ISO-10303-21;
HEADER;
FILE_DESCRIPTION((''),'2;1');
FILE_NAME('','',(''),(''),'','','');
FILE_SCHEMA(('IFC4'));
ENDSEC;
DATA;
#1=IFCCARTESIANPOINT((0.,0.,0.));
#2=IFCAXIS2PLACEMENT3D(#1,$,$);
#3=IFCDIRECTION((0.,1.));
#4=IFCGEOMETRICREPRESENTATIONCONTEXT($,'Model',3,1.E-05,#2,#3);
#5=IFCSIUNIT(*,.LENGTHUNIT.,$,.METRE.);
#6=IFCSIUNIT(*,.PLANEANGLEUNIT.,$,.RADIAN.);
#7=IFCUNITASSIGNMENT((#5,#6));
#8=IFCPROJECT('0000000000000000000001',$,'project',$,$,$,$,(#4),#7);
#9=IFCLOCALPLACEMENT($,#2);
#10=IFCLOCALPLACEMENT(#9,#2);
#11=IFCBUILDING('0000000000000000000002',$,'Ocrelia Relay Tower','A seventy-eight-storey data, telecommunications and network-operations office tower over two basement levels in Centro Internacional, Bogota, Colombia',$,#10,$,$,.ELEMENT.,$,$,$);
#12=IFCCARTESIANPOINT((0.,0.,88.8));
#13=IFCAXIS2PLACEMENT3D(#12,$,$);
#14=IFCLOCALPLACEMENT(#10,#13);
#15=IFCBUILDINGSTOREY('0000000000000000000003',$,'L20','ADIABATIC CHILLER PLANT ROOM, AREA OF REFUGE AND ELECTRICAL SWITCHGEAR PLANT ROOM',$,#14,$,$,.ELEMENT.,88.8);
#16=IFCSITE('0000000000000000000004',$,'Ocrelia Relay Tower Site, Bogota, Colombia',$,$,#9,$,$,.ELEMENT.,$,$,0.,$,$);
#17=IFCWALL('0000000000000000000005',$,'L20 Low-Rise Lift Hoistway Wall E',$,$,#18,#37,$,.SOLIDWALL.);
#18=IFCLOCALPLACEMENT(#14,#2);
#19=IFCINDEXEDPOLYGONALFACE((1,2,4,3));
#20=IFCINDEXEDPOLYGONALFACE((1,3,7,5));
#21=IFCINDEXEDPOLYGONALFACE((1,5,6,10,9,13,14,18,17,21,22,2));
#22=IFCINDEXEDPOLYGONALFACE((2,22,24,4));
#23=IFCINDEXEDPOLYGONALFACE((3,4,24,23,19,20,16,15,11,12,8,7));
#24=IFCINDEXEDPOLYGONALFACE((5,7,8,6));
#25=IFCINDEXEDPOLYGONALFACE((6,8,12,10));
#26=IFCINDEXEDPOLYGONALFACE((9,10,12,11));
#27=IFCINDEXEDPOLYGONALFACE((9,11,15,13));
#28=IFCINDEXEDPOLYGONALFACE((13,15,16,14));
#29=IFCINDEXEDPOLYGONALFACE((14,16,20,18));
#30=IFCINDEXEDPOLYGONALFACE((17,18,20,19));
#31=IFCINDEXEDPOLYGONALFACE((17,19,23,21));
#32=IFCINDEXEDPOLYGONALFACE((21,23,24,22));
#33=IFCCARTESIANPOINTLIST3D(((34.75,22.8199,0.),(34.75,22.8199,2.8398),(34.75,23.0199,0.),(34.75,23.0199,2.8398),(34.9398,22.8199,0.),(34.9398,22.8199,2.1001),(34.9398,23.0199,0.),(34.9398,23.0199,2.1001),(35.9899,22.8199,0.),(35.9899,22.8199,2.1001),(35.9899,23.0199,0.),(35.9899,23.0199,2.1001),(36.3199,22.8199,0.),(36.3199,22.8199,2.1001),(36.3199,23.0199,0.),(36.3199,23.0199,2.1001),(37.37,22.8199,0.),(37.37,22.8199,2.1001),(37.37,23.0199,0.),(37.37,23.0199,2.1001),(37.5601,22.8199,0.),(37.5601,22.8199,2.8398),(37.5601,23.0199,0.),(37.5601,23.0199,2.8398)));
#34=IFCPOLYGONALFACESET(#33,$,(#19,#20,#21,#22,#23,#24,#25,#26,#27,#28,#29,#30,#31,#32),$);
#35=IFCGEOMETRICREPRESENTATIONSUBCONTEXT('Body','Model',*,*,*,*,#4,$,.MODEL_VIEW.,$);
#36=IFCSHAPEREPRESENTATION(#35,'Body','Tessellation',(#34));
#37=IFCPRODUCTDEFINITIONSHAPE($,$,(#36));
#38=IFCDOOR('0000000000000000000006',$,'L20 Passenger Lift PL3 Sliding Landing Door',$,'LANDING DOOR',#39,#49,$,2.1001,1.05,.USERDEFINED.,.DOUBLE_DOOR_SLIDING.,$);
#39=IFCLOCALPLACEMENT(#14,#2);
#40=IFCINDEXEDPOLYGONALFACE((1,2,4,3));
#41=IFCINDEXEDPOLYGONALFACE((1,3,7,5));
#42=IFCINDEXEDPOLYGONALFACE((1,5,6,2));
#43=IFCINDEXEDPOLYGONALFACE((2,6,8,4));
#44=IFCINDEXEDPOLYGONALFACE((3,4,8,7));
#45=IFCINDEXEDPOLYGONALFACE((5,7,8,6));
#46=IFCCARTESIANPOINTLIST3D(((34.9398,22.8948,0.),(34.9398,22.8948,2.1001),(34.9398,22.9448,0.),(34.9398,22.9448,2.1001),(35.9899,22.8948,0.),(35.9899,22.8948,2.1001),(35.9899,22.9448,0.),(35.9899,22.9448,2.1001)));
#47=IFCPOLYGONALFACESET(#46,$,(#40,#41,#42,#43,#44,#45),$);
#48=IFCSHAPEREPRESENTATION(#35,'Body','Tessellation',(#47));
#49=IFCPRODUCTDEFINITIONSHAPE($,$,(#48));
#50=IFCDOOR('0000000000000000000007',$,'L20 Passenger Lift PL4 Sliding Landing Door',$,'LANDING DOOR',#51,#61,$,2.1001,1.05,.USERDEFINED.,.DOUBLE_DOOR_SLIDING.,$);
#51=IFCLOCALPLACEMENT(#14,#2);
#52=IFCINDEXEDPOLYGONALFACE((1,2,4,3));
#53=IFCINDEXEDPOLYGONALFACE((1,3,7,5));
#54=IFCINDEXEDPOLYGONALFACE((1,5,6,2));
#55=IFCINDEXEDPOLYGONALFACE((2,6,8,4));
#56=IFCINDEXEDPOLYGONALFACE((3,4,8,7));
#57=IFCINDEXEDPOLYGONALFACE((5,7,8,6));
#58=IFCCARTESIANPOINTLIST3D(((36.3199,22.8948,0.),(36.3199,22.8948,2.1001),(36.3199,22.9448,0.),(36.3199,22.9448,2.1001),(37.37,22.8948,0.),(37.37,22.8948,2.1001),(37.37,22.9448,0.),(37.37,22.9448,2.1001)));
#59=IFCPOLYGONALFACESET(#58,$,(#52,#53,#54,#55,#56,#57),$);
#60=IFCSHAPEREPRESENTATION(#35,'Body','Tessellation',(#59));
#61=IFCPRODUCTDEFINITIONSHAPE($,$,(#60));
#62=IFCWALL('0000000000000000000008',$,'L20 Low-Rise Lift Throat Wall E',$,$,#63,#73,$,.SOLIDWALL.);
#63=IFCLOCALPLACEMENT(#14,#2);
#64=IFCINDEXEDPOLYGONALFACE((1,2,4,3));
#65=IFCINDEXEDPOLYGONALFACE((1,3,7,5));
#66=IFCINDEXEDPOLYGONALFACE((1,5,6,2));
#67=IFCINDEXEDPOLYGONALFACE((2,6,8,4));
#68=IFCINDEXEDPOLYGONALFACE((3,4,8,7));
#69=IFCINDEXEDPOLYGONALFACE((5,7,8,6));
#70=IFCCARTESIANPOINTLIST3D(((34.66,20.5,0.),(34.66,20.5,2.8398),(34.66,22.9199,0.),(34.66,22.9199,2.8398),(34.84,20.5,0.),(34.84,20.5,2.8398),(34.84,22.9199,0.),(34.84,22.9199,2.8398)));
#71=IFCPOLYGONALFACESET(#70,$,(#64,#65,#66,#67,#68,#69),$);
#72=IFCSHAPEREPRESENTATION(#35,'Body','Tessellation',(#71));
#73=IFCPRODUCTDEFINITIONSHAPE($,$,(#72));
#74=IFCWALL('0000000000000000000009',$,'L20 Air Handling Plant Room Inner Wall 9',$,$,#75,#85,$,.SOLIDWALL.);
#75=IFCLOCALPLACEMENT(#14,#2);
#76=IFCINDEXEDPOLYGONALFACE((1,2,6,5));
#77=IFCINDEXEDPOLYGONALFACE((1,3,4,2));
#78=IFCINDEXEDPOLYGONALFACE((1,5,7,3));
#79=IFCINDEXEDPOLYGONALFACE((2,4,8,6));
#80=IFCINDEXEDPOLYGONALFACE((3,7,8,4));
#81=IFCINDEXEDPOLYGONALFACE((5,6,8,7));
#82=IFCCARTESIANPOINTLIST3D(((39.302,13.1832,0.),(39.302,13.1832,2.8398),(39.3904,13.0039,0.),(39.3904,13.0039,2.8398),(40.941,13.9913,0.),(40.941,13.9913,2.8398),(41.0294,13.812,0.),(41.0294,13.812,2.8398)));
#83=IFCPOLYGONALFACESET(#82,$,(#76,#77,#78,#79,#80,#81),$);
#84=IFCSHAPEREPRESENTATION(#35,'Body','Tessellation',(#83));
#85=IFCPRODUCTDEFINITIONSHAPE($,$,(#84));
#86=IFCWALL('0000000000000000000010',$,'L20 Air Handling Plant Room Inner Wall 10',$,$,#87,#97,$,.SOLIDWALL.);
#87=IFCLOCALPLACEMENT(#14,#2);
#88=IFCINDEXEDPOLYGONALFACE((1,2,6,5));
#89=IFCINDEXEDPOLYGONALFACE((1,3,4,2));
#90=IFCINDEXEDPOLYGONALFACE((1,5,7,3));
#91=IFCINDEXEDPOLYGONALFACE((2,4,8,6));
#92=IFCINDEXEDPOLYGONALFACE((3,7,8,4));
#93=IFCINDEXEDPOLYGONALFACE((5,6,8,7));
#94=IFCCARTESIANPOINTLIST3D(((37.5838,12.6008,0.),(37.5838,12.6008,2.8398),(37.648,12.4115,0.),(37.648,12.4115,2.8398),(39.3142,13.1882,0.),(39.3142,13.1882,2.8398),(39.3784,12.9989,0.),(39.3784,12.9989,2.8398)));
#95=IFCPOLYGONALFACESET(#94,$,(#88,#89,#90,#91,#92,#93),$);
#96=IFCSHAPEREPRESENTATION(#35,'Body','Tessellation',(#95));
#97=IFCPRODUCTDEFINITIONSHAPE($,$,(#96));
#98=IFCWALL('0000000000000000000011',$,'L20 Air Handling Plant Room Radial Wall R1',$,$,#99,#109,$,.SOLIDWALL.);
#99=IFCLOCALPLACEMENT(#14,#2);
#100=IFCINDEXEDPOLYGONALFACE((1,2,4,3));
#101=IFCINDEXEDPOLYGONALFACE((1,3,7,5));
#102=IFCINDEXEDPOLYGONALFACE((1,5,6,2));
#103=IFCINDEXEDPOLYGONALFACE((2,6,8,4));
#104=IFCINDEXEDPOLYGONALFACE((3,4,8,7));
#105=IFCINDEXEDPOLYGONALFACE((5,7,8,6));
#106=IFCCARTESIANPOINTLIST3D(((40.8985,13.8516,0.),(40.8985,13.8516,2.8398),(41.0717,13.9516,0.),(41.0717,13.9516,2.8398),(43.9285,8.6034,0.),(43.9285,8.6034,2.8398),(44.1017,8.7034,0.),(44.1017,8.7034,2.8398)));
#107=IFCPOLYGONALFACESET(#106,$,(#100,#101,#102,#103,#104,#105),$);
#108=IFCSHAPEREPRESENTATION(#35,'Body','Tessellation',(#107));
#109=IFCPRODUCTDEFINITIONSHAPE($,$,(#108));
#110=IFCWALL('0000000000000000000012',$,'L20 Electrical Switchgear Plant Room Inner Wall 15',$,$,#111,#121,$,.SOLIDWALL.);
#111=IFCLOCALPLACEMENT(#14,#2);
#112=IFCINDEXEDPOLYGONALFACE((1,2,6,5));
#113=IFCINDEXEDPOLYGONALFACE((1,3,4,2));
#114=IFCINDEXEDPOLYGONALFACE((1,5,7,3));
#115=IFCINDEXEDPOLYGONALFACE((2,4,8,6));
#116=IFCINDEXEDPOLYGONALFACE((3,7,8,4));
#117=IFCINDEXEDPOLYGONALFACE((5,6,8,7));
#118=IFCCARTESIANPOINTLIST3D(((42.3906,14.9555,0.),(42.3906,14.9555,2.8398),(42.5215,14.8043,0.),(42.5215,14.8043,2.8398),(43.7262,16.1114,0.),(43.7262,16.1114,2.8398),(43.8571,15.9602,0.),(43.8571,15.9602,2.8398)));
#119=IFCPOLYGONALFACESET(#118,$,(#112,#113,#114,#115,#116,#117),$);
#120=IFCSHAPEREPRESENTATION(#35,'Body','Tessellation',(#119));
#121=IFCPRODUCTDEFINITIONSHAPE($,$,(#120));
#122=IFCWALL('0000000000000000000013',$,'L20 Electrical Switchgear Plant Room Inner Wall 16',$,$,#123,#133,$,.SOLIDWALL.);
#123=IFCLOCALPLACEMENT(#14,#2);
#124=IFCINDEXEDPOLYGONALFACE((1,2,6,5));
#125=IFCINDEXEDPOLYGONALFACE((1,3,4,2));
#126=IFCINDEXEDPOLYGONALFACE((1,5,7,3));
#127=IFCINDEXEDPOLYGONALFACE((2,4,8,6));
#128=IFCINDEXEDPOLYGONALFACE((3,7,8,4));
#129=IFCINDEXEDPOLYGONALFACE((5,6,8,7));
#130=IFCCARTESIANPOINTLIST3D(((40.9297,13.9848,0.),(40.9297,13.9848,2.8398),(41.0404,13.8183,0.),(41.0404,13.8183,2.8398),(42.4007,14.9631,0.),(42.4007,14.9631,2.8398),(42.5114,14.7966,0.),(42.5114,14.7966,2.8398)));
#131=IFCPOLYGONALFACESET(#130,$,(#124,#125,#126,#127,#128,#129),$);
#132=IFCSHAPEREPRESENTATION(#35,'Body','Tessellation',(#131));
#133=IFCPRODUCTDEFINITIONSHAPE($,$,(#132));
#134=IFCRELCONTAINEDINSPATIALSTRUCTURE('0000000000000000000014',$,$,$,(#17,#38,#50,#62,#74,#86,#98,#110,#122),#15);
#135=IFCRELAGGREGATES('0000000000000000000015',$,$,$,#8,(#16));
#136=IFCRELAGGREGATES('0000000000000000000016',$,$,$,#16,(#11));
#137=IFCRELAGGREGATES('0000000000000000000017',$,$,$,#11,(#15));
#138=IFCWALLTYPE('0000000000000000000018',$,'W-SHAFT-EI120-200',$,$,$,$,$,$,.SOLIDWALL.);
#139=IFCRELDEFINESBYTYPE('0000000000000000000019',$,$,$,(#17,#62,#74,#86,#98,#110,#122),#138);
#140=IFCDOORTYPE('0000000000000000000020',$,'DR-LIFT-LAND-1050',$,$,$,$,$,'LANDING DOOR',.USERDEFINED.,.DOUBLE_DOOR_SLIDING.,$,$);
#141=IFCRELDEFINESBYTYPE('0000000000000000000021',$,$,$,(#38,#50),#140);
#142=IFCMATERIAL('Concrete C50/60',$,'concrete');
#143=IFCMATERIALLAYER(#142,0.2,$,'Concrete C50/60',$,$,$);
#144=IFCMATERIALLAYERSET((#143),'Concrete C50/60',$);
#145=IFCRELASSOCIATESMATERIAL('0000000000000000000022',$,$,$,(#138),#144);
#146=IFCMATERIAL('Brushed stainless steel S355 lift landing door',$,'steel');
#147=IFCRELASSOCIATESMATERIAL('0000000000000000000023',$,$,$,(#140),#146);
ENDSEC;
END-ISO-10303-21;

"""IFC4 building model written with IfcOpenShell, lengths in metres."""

from ifc_helpers import new_model, si_unit, direction, frame, frame_2d, origin, place, context, subcontext, project, spatial, rectangle, extrude, material, layer, layer_set, type_object, element, fill, save


model = new_model("IFC4")

# Units and contexts
model_context = context("Model", 3, precision=1e-05, world=origin(), true_north=direction((0.0, 1.0)))
body_context = subcontext(model_context, "Body", "Model", "MODEL_VIEW")
ifc_project = project(units=[si_unit("LENGTHUNIT", "METRE"), si_unit("PLANEANGLEUNIT", "RADIAN")], contexts=[model_context])

# Site, building, storey
site_placement = place(None, origin())
site = spatial("IfcSite", under=ifc_project, at=site_placement, Name="Ocrelia Relay Tower Site, Bogota, Colombia", CompositionType="ELEMENT", RefElevation=0.0)
building_placement = place(site_placement, origin())
building = spatial("IfcBuilding", under=site, at=building_placement, Name="Ocrelia Relay Tower", Description="A seventy-eight-storey data, telecommunications and network-operations office tower over two basement levels in Centro Internacional, Bogota, Colombia", CompositionType="ELEMENT")
storey_placement = place(building_placement, frame((0.0, 0.0, 88.8)))
storey = spatial("IfcBuildingStorey", under=building, at=storey_placement, Name="L20", Description="ADIABATIC CHILLER PLANT ROOM, AREA OF REFUGE AND ELECTRICAL SWITCHGEAR PLANT ROOM", CompositionType="ELEMENT", Elevation=88.8)

# Shared definitions
ifc_material_1 = material(Name="Concrete C50/60", Category="concrete")
ifc_layer_1 = layer(ifc_material_1, 0.2, Name="Concrete C50/60")
ifc_layer_set_1 = layer_set([ifc_layer_1], Name="Concrete C50/60")
wall_type_1 = type_object("IfcWallType", Name="W-SHAFT-EI120-200", PredefinedType="SOLIDWALL", material=ifc_layer_set_1)

# Wall, openings, doors
wall_1_placement = place(storey_placement, frame((34.75, 22.9199, 0.0), z_axis=(0.0, 0.0, 1.0), x_axis=(1.0, 0.0, 0.0)))
wall_1 = element("IfcWall", 1, at=wall_1_placement, inside=storey, type_object=wall_type_1, Name="L20 Low-Rise Lift Hoistway Wall E", PredefinedType="SOLIDWALL", context=body_context, shape_type="SweptSolid", body=[
    extrude(rectangle(XDim=2.8101, YDim=0.2, at=frame_2d((1.405, 0.0))), origin(), (0.0, 0.0, 1.0), 2.8398),
])
opening_1_placement = place(wall_1_placement, frame((0.1899, 0.0, 0.0)))
opening_1 = element("IfcOpeningElement", 2, at=opening_1_placement, cuts=wall_1, PredefinedType="OPENING", context=body_context, shape_type="SweptSolid", body=[
    extrude(rectangle(XDim=1.05, YDim=2.1001, at=frame_2d((0.5249, 1.05))), frame((0.0, 0.1099, 0.0), z_axis=(0.0, -1.0, 0.0), x_axis=(1.0, 0.0, 0.0)), (0.0, 0.0, 1.0), 0.22),
])
opening_2_placement = place(wall_1_placement, frame((1.5701, 0.0, 0.0)))
opening_2 = element("IfcOpeningElement", 3, at=opening_2_placement, cuts=wall_1, PredefinedType="OPENING", context=body_context, shape_type="SweptSolid", body=[
    extrude(rectangle(XDim=1.05, YDim=2.1001, at=frame_2d((0.5249, 1.05))), frame((0.0, 0.1099, 0.0), z_axis=(0.0, -1.0, 0.0), x_axis=(1.0, 0.0, 0.0)), (0.0, 0.0, 1.0), 0.22),
])
ifc_material_2 = material(Name="Brushed stainless steel S355 lift landing door", Category="steel")
door_type = type_object("IfcDoorType", Name="DR-LIFT-LAND-1050", ElementType="LANDING DOOR", OperationType="DOUBLE_DOOR_SLIDING", PredefinedType="USERDEFINED", material=ifc_material_2)
door_1_placement = place(opening_1_placement, origin())
door_1 = element("IfcDoor", 4, at=door_1_placement, inside=storey, type_object=door_type, Name="L20 Passenger Lift PL3 Sliding Landing Door", ObjectType="LANDING DOOR", OperationType="DOUBLE_DOOR_SLIDING", OverallHeight=2.1001, OverallWidth=1.05, PredefinedType="USERDEFINED", context=body_context, shape_type="SweptSolid", body=[
    extrude(rectangle(XDim=1.05, YDim=2.1001, at=frame_2d((0.5249, 1.05))), frame((0.0, 0.0249, 0.0), z_axis=(0.0, -1.0, 0.0), x_axis=(1.0, 0.0, 0.0)), (0.0, 0.0, 1.0), 0.05),
])
fill(opening_1, door_1)
door_2_placement = place(opening_2_placement, origin())
door_2 = element("IfcDoor", 5, at=door_2_placement, inside=storey, type_object=door_type, Name="L20 Passenger Lift PL4 Sliding Landing Door", ObjectType="LANDING DOOR", OperationType="DOUBLE_DOOR_SLIDING", OverallHeight=2.1001, OverallWidth=1.05, PredefinedType="USERDEFINED", context=body_context, shape_type="SweptSolid", body=[
    extrude(rectangle(XDim=1.05, YDim=2.1001, at=frame_2d((0.5249, 1.05))), frame((0.0, 0.0249, 0.0), z_axis=(0.0, -1.0, 0.0), x_axis=(1.0, 0.0, 0.0)), (0.0, 0.0, 1.0), 0.05),
])
fill(opening_2, door_2)

# Walls
wall_2_placement = place(storey_placement, frame((34.75, 20.5, 0.0), z_axis=(0.0, 0.0, 1.0), x_axis=(0.0, 1.0, 0.0)))
element("IfcWall", 6, at=wall_2_placement, inside=storey, type_object=wall_type_1, Name="L20 Low-Rise Lift Throat Wall E", PredefinedType="SOLIDWALL", context=body_context, shape_type="SweptSolid", body=[
    extrude(rectangle(XDim=2.4199, YDim=0.1799, at=frame_2d((1.21, 0.0))), origin(), (0.0, 0.0, 1.0), 2.8398),
])
for number, where, z_axis, x_axis, name in (
    (7, (40.9851, 13.9016, 0.0), (0.0, 0.0, 1.0), (-0.896898, -0.442237, 0.0), "L20 Air Handling Plant Room Inner Wall 9"),
    (8, (39.3462, 13.0935, 0.0), (0.0, 0.0, 1.0), (-0.946932, -0.321433, 0.0), "L20 Air Handling Plant Room Inner Wall 10"),
):
    element("IfcWall", number, at=place(storey_placement, frame(where, z_axis=z_axis, x_axis=x_axis)), inside=storey, type_object=wall_type_1, Name=name, PredefinedType="SOLIDWALL", context=body_context, shape_type="SweptSolid", body=[
        extrude(rectangle(XDim=1.8274, YDim=0.2, at=frame_2d((0.9136, 0.0))), origin(), (0.0, 0.0, 1.0), 2.8398),
    ])
wall_3_placement = place(storey_placement, frame((40.9851, 13.9016, 0.0), z_axis=(0.0, 0.0, 1.0), x_axis=(0.499991, -0.866031, 0.0)))
element("IfcWall", 9, at=wall_3_placement, inside=storey, type_object=wall_type_1, Name="L20 Air Handling Plant Room Radial Wall R1", PredefinedType="SOLIDWALL", context=body_context, shape_type="SweptSolid", body=[
    extrude(rectangle(XDim=6.0601, YDim=0.2, at=frame_2d((3.03, 0.0))), origin(), (0.0, 0.0, 1.0), 2.8398),
])
wall_4_placement = place(storey_placement, frame((43.7917, 16.0359, 0.0), z_axis=(0.0, 0.0, 1.0), x_axis=(-0.756136, -0.654415, 0.0)))
element("IfcWall", 10, at=wall_4_placement, inside=storey, type_object=wall_type_1, Name="L20 Electrical Switchgear Plant Room Inner Wall 15", PredefinedType="SOLIDWALL", context=body_context, shape_type="SweptSolid", body=[
    extrude(rectangle(XDim=1.7664, YDim=0.2, at=frame_2d((0.8833, 0.0))), origin(), (0.0, 0.0, 1.0), 2.8398),
])
wall_5_placement = place(storey_placement, frame((42.4561, 14.8799, 0.0), z_axis=(0.0, 0.0, 1.0), x_axis=(-0.832666, -0.553775, 0.0)))
element("IfcWall", 11, at=wall_5_placement, inside=storey, type_object=wall_type_1, Name="L20 Electrical Switchgear Plant Room Inner Wall 16", PredefinedType="SOLIDWALL", context=body_context, shape_type="SweptSolid", body=[
    extrude(rectangle(XDim=1.7666, YDim=0.2, at=frame_2d((0.8833, 0.0))), origin(), (0.0, 0.0, 1.0), 2.8398),
])

save(model, "model.ifc")
